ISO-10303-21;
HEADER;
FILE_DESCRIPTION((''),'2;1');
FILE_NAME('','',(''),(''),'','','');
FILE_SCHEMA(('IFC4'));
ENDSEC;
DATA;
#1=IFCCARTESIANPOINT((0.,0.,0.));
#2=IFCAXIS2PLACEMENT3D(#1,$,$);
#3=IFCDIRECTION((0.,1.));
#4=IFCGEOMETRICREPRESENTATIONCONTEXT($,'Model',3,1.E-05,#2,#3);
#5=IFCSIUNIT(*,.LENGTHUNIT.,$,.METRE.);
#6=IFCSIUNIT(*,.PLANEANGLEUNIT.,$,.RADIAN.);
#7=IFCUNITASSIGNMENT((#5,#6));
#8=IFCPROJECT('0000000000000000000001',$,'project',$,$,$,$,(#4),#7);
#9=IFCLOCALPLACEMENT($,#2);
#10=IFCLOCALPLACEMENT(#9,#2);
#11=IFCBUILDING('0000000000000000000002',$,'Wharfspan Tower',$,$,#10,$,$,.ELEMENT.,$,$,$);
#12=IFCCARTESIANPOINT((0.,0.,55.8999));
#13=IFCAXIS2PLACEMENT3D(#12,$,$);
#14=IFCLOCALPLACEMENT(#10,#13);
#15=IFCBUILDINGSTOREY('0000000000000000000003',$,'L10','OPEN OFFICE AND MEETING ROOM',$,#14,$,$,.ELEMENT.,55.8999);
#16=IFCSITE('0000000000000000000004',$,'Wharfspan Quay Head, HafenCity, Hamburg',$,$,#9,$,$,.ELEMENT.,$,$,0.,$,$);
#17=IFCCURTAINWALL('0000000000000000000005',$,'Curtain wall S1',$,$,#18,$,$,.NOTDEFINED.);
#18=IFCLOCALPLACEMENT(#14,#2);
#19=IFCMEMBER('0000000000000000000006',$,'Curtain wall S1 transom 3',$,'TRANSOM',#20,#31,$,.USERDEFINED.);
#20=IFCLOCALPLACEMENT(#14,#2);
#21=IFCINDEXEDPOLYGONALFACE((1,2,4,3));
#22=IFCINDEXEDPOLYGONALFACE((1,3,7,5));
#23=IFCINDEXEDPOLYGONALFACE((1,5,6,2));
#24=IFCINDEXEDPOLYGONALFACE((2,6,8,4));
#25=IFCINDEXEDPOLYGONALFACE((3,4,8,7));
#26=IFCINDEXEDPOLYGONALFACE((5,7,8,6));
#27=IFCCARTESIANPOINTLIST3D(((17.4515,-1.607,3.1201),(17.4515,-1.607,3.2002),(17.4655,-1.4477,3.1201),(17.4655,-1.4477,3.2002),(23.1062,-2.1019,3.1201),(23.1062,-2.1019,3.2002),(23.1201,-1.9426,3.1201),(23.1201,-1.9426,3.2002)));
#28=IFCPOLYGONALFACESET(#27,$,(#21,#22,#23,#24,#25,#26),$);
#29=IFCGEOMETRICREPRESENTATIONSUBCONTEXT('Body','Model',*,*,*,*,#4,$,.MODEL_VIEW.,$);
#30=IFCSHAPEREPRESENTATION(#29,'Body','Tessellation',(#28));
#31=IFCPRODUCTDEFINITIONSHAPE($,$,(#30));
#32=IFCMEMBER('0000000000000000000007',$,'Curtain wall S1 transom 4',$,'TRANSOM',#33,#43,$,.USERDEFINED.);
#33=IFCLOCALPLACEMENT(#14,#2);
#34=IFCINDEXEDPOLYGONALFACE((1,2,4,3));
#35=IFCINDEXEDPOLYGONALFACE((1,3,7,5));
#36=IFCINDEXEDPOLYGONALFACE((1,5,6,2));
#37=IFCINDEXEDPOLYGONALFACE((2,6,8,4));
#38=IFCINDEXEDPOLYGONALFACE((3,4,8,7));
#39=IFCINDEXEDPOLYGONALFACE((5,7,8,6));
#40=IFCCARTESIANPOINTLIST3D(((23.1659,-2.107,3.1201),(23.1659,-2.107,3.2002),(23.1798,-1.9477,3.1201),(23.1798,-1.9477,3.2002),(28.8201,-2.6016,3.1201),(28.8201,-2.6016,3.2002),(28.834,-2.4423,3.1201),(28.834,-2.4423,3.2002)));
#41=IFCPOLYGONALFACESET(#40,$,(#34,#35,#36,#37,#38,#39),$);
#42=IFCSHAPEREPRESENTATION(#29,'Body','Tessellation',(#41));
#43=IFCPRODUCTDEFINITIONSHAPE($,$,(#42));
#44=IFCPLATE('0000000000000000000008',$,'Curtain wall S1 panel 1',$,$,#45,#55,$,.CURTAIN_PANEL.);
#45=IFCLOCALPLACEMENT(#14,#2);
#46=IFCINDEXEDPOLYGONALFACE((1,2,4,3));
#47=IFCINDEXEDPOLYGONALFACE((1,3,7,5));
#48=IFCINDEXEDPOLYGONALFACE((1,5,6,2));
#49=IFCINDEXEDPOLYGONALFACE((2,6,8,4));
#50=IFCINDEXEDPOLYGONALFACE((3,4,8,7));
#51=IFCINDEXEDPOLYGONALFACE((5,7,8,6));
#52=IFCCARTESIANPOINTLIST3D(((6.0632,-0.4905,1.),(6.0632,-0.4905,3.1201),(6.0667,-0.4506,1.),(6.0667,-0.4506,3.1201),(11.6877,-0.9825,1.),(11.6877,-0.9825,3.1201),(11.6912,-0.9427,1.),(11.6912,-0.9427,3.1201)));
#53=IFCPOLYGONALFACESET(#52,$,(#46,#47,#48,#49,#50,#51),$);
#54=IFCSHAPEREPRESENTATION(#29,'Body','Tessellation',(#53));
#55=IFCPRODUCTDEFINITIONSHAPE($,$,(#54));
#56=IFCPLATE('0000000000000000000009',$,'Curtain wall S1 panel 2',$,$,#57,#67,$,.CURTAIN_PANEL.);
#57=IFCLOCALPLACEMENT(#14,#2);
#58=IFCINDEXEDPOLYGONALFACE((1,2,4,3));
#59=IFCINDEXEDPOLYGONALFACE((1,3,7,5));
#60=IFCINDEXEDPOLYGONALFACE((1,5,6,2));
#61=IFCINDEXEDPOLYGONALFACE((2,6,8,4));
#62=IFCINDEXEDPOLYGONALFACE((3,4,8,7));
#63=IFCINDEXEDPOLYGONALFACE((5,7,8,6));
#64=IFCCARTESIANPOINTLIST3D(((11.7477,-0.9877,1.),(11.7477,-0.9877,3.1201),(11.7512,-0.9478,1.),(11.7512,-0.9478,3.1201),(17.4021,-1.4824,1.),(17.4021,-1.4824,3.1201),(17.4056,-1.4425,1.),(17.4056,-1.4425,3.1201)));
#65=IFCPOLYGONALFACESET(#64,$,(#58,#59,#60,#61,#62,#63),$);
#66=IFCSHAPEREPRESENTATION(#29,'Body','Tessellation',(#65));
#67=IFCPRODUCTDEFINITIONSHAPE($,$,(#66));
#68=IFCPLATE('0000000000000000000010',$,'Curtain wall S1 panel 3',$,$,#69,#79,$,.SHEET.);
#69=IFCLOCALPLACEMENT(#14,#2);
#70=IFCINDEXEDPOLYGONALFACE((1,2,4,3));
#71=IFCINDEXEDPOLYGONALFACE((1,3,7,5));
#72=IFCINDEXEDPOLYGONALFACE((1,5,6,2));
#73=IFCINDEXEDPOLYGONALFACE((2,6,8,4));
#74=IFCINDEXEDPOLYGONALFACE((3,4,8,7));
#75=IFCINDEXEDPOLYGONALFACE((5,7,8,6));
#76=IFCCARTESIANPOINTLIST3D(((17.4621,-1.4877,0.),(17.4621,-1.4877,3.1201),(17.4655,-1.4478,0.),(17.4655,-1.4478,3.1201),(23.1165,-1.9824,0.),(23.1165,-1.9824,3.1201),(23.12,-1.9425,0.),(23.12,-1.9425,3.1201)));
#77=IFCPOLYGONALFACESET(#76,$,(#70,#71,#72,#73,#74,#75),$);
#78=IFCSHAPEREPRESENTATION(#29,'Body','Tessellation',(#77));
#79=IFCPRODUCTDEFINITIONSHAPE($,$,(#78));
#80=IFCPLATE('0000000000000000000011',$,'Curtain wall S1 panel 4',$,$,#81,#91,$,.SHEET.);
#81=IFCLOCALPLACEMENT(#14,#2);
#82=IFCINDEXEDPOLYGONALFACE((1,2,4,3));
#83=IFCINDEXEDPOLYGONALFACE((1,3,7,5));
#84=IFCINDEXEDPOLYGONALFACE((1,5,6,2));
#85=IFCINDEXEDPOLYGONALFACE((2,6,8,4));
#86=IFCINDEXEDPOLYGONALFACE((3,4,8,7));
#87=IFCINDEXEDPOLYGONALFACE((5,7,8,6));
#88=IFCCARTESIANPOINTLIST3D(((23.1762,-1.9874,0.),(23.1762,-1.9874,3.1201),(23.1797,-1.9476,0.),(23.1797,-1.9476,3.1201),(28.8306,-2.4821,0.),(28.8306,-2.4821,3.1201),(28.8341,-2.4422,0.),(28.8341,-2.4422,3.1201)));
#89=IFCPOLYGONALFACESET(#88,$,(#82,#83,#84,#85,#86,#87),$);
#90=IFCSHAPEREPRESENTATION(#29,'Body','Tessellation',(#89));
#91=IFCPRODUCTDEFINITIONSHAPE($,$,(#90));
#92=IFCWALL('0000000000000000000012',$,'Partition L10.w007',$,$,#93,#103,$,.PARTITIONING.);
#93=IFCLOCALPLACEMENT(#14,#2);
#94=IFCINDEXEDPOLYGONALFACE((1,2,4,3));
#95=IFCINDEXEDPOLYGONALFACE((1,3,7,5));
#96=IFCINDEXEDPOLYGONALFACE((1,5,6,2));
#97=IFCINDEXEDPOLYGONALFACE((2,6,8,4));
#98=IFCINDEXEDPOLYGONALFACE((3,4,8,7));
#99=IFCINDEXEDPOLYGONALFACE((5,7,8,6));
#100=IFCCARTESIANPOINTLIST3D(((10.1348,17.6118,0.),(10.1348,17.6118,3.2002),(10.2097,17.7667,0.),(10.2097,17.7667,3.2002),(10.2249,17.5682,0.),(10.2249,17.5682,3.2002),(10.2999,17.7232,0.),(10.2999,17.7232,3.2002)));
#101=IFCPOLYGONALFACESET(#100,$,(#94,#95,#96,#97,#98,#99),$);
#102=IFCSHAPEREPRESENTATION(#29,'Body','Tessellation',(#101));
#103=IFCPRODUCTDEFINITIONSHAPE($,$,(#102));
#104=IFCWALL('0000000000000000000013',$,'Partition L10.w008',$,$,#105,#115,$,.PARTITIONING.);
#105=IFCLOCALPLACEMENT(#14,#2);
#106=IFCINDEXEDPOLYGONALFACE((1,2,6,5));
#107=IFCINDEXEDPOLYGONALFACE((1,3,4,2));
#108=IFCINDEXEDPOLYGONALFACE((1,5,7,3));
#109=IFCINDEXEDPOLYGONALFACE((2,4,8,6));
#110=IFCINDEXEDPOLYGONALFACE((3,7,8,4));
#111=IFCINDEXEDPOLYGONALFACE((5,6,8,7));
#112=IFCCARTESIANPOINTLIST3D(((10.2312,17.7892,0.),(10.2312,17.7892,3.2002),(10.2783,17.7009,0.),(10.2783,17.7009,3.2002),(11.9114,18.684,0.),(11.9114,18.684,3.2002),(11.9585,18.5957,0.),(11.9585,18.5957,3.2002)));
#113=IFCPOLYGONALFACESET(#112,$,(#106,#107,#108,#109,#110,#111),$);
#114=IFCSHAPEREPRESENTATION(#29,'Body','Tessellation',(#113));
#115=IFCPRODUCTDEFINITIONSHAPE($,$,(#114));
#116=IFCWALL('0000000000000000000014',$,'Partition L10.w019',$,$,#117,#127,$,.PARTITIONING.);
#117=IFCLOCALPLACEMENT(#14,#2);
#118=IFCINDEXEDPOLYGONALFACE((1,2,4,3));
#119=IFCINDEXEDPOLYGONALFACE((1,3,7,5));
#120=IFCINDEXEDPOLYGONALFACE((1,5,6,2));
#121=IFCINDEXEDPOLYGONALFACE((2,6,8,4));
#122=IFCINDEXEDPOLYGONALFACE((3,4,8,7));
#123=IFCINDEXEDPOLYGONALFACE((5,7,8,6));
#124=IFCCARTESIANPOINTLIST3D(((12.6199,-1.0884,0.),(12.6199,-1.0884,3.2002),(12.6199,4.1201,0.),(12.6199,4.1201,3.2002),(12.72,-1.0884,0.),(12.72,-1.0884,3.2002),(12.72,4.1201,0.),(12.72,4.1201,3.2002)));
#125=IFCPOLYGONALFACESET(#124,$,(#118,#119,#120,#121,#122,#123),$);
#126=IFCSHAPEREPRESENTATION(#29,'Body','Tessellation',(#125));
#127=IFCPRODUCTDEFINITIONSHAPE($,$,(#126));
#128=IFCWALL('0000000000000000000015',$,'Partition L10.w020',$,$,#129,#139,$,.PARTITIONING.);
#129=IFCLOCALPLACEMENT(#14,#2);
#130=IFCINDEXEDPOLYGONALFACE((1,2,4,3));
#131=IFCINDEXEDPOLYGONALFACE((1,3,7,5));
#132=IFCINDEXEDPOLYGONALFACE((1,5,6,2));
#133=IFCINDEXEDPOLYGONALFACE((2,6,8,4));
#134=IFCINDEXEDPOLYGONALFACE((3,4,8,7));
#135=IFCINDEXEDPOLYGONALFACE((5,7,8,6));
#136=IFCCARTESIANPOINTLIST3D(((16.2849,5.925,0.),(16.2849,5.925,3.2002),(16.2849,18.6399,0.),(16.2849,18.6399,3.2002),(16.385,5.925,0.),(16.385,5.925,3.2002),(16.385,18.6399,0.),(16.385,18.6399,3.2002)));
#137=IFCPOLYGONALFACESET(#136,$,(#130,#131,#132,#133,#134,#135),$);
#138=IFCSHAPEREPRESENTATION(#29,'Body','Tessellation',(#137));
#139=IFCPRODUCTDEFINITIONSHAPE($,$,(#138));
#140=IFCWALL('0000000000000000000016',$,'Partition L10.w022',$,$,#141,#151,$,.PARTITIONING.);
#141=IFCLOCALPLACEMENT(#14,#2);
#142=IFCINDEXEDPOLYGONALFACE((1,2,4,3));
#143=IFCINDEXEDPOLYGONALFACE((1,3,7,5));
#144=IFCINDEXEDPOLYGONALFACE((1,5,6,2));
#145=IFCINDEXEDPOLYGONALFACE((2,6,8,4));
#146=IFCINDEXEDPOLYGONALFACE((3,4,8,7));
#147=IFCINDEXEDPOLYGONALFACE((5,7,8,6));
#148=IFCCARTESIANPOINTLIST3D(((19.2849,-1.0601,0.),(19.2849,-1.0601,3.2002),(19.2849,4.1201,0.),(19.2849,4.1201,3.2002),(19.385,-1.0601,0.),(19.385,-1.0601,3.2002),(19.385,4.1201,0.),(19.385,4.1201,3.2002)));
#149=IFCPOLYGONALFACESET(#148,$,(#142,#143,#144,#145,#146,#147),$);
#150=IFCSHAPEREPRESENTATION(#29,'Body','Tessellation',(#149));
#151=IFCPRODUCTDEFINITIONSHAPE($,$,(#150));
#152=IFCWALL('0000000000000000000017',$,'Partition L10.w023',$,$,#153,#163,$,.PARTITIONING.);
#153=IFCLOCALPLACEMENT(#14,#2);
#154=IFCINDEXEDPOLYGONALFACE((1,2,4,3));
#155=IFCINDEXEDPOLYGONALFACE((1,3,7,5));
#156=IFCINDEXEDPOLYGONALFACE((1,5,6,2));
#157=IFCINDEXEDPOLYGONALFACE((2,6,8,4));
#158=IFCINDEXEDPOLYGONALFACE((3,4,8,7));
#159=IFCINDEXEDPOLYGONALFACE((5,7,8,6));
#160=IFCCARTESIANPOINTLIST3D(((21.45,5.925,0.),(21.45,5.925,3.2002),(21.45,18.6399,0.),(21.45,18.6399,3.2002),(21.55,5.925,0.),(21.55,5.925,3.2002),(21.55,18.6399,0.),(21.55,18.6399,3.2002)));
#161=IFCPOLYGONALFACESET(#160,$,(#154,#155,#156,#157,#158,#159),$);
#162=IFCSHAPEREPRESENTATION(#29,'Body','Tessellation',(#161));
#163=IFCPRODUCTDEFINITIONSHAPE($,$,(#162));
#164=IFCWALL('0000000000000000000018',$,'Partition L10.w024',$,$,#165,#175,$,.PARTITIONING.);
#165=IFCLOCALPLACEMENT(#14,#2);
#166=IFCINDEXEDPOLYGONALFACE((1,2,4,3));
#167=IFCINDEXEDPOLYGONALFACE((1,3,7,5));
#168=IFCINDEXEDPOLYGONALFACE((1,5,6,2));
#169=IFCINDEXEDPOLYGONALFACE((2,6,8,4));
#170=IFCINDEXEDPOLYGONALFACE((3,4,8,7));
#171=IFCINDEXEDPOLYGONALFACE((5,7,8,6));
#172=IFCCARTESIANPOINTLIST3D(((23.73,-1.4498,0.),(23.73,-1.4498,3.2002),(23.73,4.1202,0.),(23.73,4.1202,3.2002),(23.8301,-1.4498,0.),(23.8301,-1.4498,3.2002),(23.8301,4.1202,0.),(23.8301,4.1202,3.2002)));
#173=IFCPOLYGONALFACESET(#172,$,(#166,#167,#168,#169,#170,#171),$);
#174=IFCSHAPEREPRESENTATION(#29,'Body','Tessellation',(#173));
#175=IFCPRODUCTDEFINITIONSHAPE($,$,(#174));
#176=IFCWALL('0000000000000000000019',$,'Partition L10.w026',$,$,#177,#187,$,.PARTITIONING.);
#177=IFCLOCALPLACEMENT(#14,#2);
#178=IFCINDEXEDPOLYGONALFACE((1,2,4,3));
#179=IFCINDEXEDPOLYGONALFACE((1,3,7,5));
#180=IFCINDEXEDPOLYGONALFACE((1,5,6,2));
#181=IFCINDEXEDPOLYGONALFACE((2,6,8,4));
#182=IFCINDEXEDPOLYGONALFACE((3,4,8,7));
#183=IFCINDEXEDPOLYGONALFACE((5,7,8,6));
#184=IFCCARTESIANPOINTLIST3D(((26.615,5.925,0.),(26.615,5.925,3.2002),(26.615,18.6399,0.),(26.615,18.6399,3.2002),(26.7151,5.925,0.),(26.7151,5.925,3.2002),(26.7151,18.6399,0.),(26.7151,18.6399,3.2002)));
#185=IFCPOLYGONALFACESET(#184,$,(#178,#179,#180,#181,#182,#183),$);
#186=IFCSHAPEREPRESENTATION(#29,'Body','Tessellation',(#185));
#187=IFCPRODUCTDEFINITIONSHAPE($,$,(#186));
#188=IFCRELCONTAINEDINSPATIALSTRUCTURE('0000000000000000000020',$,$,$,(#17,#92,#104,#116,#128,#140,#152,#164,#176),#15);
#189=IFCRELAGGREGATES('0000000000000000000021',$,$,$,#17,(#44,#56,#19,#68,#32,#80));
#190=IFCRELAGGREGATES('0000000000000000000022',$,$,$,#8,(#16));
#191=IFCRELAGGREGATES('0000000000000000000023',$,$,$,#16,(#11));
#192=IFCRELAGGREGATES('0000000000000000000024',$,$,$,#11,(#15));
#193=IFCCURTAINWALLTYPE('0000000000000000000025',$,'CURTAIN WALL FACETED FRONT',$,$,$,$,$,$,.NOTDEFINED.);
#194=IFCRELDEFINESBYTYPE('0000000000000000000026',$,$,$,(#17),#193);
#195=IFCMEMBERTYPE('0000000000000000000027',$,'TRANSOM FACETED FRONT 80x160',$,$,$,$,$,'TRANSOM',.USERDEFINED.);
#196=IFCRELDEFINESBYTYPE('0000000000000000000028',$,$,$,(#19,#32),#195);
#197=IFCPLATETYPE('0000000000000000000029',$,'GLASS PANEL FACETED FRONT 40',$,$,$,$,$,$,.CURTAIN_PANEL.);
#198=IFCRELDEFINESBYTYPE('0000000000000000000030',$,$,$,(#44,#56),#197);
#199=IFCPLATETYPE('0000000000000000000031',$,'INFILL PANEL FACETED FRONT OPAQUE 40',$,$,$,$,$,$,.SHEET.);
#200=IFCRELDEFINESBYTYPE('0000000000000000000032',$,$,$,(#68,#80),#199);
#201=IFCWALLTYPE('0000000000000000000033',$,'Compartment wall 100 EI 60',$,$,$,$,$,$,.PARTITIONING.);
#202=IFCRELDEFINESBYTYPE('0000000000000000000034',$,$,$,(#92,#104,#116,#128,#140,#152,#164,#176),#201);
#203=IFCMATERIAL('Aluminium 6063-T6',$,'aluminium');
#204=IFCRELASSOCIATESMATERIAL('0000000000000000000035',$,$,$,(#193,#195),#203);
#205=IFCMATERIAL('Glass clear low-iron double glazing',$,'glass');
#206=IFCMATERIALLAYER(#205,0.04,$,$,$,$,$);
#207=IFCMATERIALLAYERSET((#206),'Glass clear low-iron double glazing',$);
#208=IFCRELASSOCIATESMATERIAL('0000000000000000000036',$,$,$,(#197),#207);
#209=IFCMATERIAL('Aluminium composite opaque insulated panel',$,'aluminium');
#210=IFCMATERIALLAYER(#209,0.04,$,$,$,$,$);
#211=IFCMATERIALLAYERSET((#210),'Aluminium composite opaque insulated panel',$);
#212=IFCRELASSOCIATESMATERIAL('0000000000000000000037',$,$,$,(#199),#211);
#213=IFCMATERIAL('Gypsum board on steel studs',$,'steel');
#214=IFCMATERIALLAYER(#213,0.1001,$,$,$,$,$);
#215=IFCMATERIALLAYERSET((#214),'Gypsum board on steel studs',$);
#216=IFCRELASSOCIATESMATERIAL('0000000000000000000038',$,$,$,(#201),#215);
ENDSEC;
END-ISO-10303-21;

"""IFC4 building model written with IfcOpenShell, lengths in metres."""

from ifc_helpers import new_model, si_unit, direction, frame, frame_2d, origin, origin_2d, place, context, subcontext, project, spatial, rectangle, extrude, material, layer, layer_set, material_profile, profile_set, type_object, element, aggregate, save


model = new_model("IFC4")

# Units and contexts
model_context = context("Model", 3, precision=1e-05, world=origin(), true_north=direction((0.0, 1.0)))
body_context = subcontext(model_context, "Body", "Model", "MODEL_VIEW")
ifc_project = project(units=[si_unit("LENGTHUNIT", "METRE"), si_unit("PLANEANGLEUNIT", "RADIAN")], contexts=[model_context])

# Site, building, storey
site_placement = place(None, origin())
site = spatial("IfcSite", under=ifc_project, at=site_placement, Name="Wharfspan Quay Head, HafenCity, Hamburg", CompositionType="ELEMENT", RefElevation=0.0)
building_placement = place(site_placement, origin())
building = spatial("IfcBuilding", under=site, at=building_placement, Name="Wharfspan Tower", CompositionType="ELEMENT")
storey_placement = place(building_placement, frame((0.0, 0.0, 55.8999)))
storey = spatial("IfcBuildingStorey", under=building, at=storey_placement, Name="L10", Description="OPEN OFFICE AND MEETING ROOM", CompositionType="ELEMENT", Elevation=55.8999)

# Curtain wall
ifc_material_1 = material(Name="Aluminium 6063-T6", Category="aluminium")
curtain_wall_type = type_object("IfcCurtainWallType", Name="CURTAIN WALL FACETED FRONT", PredefinedType="NOTDEFINED", material=ifc_material_1)
curtain_wall_placement = place(storey_placement, origin())
curtain_wall = element("IfcCurtainWall", 1, at=curtain_wall_placement, inside=storey, type_object=curtain_wall_type, Name="Curtain wall S1", PredefinedType="NOTDEFINED")

# Members
ifc_material_profile_1 = material_profile(ifc_material_1, rectangle(XDim=0.1599, YDim=0.0801, at=origin_2d()))
ifc_profile_set_1 = profile_set([ifc_material_profile_1], Name="Aluminium 6063-T6")
member_type_1 = type_object("IfcMemberType", Name="TRANSOM FACETED FRONT 80x160", ElementType="TRANSOM", PredefinedType="USERDEFINED", material=ifc_profile_set_1)
member_1_placement = place(storey_placement, frame((17.4585, -1.5273, 3.1602), z_axis=(0.996192, -0.087185, 0.0), x_axis=(0.087185, 0.996192, 0.0)))
member_1 = element("IfcMember", 2, at=member_1_placement, type_object=member_type_1, Name="Curtain wall S1 transom 3", ObjectType="TRANSOM", PredefinedType="USERDEFINED", context=body_context, shape_type="SweptSolid", body=[
    extrude(rectangle(XDim=0.1599, YDim=0.0801, at=origin_2d()), origin(), (0.0, 0.0, 1.0), 5.6763),
])
member_2_placement = place(storey_placement, frame((23.1729, -2.0273, 3.1602), z_axis=(0.996196, -0.087146, 0.0), x_axis=(0.087146, 0.996196, 0.0)))
member_2 = element("IfcMember", 3, at=member_2_placement, type_object=member_type_1, Name="Curtain wall S1 transom 4", ObjectType="TRANSOM", PredefinedType="USERDEFINED", context=body_context, shape_type="SweptSolid", body=[
    extrude(rectangle(XDim=0.1599, YDim=0.0801, at=origin_2d()), origin(), (0.0, 0.0, 1.0), 5.6758),
])

# Plates
ifc_material_2 = material(Name="Glass clear low-iron double glazing", Category="glass")
ifc_layer_1 = layer(ifc_material_2, 0.04)
ifc_layer_set_1 = layer_set([ifc_layer_1], Name="Glass clear low-iron double glazing")
plate_type_1 = type_object("IfcPlateType", Name="GLASS PANEL FACETED FRONT 40", PredefinedType="CURTAIN_PANEL", material=ifc_layer_set_1)
plate_1_placement = place(storey_placement, frame((8.8772, -0.7166, 1.0), z_axis=(0.0, 0.0, 1.0), x_axis=(0.996197, -0.087156, 0.0)))
plate_1 = element("IfcPlate", 4, at=plate_1_placement, type_object=plate_type_1, Name="Curtain wall S1 panel 1", PredefinedType="CURTAIN_PANEL", context=body_context, shape_type="SweptSolid", body=[
    extrude(rectangle(XDim=5.646, YDim=0.04, at=origin_2d()), origin(), (0.0, 0.0, 1.0), 2.1201),
])
plate_2_placement = place(storey_placement, frame((14.5767, -1.2151, 1.0), z_axis=(0.0, 0.0, 1.0), x_axis=(0.996197, -0.087156, 0.0)))
plate_2 = element("IfcPlate", 5, at=plate_2_placement, type_object=plate_type_1, Name="Curtain wall S1 panel 2", PredefinedType="CURTAIN_PANEL", context=body_context, shape_type="SweptSolid", body=[
    extrude(rectangle(XDim=5.676, YDim=0.04, at=origin_2d()), origin(), (0.0, 0.0, 1.0), 2.1201),
])
ifc_material_3 = material(Name="Aluminium composite opaque insulated panel", Category="aluminium")
ifc_layer_2 = layer(ifc_material_3, 0.04)
ifc_layer_set_2 = layer_set([ifc_layer_2], Name="Aluminium composite opaque insulated panel")
plate_type_2 = type_object("IfcPlateType", Name="INFILL PANEL FACETED FRONT OPAQUE 40", PredefinedType="SHEET", material=ifc_layer_set_2)
plate_3_placement = place(storey_placement, frame((20.291, -1.7151, 0.0), z_axis=(0.0, 0.0, 1.0), x_axis=(0.996197, -0.087156, 0.0)))
plate_3 = element("IfcPlate", 6, at=plate_3_placement, type_object=plate_type_2, Name="Curtain wall S1 panel 3", PredefinedType="SHEET", context=body_context, shape_type="SweptSolid", body=[
    extrude(rectangle(XDim=5.676, YDim=0.04, at=origin_2d()), origin(), (0.0, 0.0, 1.0), 3.1201),
])
plate_4_placement = place(storey_placement, frame((26.0051, -2.2148, 0.0), z_axis=(0.0, 0.0, 1.0), x_axis=(0.996197, -0.087156, 0.0)))
plate_4 = element("IfcPlate", 7, at=plate_4_placement, type_object=plate_type_2, Name="Curtain wall S1 panel 4", PredefinedType="SHEET", context=body_context, shape_type="SweptSolid", body=[
    extrude(rectangle(XDim=5.676, YDim=0.04, at=origin_2d()), origin(), (0.0, 0.0, 1.0), 3.1201),
])
aggregate(curtain_wall, [plate_1, plate_2, member_1, plate_3, member_2, plate_4])

# Walls
ifc_material_4 = material(Name="Gypsum board on steel studs", Category="steel")
ifc_layer_3 = layer(ifc_material_4, 0.1001)
ifc_layer_set_3 = layer_set([ifc_layer_3], Name="Gypsum board on steel studs")
wall_type = type_object("IfcWallType", Name="Compartment wall 100 EI 60", PredefinedType="PARTITIONING", material=ifc_layer_set_3)
wall_1_placement = place(storey_placement, frame((10.1799, 17.5901, 0.0), z_axis=(0.0, 0.0, 1.0), x_axis=(0.435266, 0.900306, 0.0)))
element("IfcWall", 8, at=wall_1_placement, inside=storey, type_object=wall_type, Name="Partition L10.w007", PredefinedType="PARTITIONING", context=body_context, shape_type="SweptSolid", body=[
    extrude(rectangle(XDim=0.1721, YDim=0.1001, at=frame_2d((0.0859, 0.0))), origin(), (0.0, 0.0, 1.0), 3.2002),
])
wall_2_placement = place(storey_placement, frame((10.2549, 17.7451, 0.0), z_axis=(0.0, 0.0, 1.0), x_axis=(0.882644, 0.470051, 0.0)))
element("IfcWall", 9, at=wall_2_placement, inside=storey, type_object=wall_type, Name="Partition L10.w008", PredefinedType="PARTITIONING", context=body_context, shape_type="SweptSolid", body=[
    extrude(rectangle(XDim=1.9036, YDim=0.1001, at=frame_2d((0.9517, 0.0))), origin(), (0.0, 0.0, 1.0), 3.2002),
])
wall_3_placement = place(storey_placement, frame((12.6699, -1.0884, 0.0), z_axis=(0.0, 0.0, 1.0), x_axis=(0.0, 1.0, 0.0)))
element("IfcWall", 10, at=wall_3_placement, inside=storey, type_object=wall_type, Name="Partition L10.w019", PredefinedType="PARTITIONING", context=body_context, shape_type="SweptSolid", body=[
    extrude(rectangle(XDim=5.2085, YDim=0.1001, at=frame_2d((2.6042, 0.0))), origin(), (0.0, 0.0, 1.0), 3.2002),
])
wall_4_placement = place(storey_placement, frame((16.335, 5.925, 0.0), z_axis=(0.0, 0.0, 1.0), x_axis=(0.0, 1.0, 0.0)))
element("IfcWall", 11, at=wall_4_placement, inside=storey, type_object=wall_type, Name="Partition L10.w020", PredefinedType="PARTITIONING", context=body_context, shape_type="SweptSolid", body=[
    extrude(rectangle(XDim=12.7148, YDim=0.1001, at=frame_2d((6.3574, 0.0))), origin(), (0.0, 0.0, 1.0), 3.2002),
])
wall_5_placement = place(storey_placement, frame((19.335, -1.0601, 0.0), z_axis=(0.0, 0.0, 1.0), x_axis=(0.0, 1.0, 0.0)))
element("IfcWall", 12, at=wall_5_placement, inside=storey, type_object=wall_type, Name="Partition L10.w022", PredefinedType="PARTITIONING", context=body_context, shape_type="SweptSolid", body=[
    extrude(rectangle(XDim=5.1802, YDim=0.1001, at=frame_2d((2.5901, 0.0))), origin(), (0.0, 0.0, 1.0), 3.2002),
])
wall_6_placement = place(storey_placement, frame((21.5, 5.925, 0.0), z_axis=(0.0, 0.0, 1.0), x_axis=(0.0, 1.0, 0.0)))
element("IfcWall", 13, at=wall_6_placement, inside=storey, type_object=wall_type, Name="Partition L10.w023", PredefinedType="PARTITIONING", context=body_context, shape_type="SweptSolid", body=[
    extrude(rectangle(XDim=12.7148, YDim=0.1001, at=frame_2d((6.3574, 0.0))), origin(), (0.0, 0.0, 1.0), 3.2002),
])
wall_7_placement = place(storey_placement, frame((23.78, -1.45, 0.0), z_axis=(0.0, 0.0, 1.0), x_axis=(0.0, 1.0, 0.0)))
element("IfcWall", 14, at=wall_7_placement, inside=storey, type_object=wall_type, Name="Partition L10.w024", PredefinedType="PARTITIONING", context=body_context, shape_type="SweptSolid", body=[
    extrude(rectangle(XDim=5.5701, YDim=0.1001, at=frame_2d((2.7852, 0.0))), origin(), (0.0, 0.0, 1.0), 3.2002),
])
wall_8_placement = place(storey_placement, frame((26.665, 5.925, 0.0), z_axis=(0.0, 0.0, 1.0), x_axis=(0.0, 1.0, 0.0)))
element("IfcWall", 15, at=wall_8_placement, inside=storey, type_object=wall_type, Name="Partition L10.w026", PredefinedType="PARTITIONING", context=body_context, shape_type="SweptSolid", body=[
    extrude(rectangle(XDim=12.7148, YDim=0.1001, at=frame_2d((6.3574, 0.0))), origin(), (0.0, 0.0, 1.0), 3.2002),
])

save(model, "model.ifc")
